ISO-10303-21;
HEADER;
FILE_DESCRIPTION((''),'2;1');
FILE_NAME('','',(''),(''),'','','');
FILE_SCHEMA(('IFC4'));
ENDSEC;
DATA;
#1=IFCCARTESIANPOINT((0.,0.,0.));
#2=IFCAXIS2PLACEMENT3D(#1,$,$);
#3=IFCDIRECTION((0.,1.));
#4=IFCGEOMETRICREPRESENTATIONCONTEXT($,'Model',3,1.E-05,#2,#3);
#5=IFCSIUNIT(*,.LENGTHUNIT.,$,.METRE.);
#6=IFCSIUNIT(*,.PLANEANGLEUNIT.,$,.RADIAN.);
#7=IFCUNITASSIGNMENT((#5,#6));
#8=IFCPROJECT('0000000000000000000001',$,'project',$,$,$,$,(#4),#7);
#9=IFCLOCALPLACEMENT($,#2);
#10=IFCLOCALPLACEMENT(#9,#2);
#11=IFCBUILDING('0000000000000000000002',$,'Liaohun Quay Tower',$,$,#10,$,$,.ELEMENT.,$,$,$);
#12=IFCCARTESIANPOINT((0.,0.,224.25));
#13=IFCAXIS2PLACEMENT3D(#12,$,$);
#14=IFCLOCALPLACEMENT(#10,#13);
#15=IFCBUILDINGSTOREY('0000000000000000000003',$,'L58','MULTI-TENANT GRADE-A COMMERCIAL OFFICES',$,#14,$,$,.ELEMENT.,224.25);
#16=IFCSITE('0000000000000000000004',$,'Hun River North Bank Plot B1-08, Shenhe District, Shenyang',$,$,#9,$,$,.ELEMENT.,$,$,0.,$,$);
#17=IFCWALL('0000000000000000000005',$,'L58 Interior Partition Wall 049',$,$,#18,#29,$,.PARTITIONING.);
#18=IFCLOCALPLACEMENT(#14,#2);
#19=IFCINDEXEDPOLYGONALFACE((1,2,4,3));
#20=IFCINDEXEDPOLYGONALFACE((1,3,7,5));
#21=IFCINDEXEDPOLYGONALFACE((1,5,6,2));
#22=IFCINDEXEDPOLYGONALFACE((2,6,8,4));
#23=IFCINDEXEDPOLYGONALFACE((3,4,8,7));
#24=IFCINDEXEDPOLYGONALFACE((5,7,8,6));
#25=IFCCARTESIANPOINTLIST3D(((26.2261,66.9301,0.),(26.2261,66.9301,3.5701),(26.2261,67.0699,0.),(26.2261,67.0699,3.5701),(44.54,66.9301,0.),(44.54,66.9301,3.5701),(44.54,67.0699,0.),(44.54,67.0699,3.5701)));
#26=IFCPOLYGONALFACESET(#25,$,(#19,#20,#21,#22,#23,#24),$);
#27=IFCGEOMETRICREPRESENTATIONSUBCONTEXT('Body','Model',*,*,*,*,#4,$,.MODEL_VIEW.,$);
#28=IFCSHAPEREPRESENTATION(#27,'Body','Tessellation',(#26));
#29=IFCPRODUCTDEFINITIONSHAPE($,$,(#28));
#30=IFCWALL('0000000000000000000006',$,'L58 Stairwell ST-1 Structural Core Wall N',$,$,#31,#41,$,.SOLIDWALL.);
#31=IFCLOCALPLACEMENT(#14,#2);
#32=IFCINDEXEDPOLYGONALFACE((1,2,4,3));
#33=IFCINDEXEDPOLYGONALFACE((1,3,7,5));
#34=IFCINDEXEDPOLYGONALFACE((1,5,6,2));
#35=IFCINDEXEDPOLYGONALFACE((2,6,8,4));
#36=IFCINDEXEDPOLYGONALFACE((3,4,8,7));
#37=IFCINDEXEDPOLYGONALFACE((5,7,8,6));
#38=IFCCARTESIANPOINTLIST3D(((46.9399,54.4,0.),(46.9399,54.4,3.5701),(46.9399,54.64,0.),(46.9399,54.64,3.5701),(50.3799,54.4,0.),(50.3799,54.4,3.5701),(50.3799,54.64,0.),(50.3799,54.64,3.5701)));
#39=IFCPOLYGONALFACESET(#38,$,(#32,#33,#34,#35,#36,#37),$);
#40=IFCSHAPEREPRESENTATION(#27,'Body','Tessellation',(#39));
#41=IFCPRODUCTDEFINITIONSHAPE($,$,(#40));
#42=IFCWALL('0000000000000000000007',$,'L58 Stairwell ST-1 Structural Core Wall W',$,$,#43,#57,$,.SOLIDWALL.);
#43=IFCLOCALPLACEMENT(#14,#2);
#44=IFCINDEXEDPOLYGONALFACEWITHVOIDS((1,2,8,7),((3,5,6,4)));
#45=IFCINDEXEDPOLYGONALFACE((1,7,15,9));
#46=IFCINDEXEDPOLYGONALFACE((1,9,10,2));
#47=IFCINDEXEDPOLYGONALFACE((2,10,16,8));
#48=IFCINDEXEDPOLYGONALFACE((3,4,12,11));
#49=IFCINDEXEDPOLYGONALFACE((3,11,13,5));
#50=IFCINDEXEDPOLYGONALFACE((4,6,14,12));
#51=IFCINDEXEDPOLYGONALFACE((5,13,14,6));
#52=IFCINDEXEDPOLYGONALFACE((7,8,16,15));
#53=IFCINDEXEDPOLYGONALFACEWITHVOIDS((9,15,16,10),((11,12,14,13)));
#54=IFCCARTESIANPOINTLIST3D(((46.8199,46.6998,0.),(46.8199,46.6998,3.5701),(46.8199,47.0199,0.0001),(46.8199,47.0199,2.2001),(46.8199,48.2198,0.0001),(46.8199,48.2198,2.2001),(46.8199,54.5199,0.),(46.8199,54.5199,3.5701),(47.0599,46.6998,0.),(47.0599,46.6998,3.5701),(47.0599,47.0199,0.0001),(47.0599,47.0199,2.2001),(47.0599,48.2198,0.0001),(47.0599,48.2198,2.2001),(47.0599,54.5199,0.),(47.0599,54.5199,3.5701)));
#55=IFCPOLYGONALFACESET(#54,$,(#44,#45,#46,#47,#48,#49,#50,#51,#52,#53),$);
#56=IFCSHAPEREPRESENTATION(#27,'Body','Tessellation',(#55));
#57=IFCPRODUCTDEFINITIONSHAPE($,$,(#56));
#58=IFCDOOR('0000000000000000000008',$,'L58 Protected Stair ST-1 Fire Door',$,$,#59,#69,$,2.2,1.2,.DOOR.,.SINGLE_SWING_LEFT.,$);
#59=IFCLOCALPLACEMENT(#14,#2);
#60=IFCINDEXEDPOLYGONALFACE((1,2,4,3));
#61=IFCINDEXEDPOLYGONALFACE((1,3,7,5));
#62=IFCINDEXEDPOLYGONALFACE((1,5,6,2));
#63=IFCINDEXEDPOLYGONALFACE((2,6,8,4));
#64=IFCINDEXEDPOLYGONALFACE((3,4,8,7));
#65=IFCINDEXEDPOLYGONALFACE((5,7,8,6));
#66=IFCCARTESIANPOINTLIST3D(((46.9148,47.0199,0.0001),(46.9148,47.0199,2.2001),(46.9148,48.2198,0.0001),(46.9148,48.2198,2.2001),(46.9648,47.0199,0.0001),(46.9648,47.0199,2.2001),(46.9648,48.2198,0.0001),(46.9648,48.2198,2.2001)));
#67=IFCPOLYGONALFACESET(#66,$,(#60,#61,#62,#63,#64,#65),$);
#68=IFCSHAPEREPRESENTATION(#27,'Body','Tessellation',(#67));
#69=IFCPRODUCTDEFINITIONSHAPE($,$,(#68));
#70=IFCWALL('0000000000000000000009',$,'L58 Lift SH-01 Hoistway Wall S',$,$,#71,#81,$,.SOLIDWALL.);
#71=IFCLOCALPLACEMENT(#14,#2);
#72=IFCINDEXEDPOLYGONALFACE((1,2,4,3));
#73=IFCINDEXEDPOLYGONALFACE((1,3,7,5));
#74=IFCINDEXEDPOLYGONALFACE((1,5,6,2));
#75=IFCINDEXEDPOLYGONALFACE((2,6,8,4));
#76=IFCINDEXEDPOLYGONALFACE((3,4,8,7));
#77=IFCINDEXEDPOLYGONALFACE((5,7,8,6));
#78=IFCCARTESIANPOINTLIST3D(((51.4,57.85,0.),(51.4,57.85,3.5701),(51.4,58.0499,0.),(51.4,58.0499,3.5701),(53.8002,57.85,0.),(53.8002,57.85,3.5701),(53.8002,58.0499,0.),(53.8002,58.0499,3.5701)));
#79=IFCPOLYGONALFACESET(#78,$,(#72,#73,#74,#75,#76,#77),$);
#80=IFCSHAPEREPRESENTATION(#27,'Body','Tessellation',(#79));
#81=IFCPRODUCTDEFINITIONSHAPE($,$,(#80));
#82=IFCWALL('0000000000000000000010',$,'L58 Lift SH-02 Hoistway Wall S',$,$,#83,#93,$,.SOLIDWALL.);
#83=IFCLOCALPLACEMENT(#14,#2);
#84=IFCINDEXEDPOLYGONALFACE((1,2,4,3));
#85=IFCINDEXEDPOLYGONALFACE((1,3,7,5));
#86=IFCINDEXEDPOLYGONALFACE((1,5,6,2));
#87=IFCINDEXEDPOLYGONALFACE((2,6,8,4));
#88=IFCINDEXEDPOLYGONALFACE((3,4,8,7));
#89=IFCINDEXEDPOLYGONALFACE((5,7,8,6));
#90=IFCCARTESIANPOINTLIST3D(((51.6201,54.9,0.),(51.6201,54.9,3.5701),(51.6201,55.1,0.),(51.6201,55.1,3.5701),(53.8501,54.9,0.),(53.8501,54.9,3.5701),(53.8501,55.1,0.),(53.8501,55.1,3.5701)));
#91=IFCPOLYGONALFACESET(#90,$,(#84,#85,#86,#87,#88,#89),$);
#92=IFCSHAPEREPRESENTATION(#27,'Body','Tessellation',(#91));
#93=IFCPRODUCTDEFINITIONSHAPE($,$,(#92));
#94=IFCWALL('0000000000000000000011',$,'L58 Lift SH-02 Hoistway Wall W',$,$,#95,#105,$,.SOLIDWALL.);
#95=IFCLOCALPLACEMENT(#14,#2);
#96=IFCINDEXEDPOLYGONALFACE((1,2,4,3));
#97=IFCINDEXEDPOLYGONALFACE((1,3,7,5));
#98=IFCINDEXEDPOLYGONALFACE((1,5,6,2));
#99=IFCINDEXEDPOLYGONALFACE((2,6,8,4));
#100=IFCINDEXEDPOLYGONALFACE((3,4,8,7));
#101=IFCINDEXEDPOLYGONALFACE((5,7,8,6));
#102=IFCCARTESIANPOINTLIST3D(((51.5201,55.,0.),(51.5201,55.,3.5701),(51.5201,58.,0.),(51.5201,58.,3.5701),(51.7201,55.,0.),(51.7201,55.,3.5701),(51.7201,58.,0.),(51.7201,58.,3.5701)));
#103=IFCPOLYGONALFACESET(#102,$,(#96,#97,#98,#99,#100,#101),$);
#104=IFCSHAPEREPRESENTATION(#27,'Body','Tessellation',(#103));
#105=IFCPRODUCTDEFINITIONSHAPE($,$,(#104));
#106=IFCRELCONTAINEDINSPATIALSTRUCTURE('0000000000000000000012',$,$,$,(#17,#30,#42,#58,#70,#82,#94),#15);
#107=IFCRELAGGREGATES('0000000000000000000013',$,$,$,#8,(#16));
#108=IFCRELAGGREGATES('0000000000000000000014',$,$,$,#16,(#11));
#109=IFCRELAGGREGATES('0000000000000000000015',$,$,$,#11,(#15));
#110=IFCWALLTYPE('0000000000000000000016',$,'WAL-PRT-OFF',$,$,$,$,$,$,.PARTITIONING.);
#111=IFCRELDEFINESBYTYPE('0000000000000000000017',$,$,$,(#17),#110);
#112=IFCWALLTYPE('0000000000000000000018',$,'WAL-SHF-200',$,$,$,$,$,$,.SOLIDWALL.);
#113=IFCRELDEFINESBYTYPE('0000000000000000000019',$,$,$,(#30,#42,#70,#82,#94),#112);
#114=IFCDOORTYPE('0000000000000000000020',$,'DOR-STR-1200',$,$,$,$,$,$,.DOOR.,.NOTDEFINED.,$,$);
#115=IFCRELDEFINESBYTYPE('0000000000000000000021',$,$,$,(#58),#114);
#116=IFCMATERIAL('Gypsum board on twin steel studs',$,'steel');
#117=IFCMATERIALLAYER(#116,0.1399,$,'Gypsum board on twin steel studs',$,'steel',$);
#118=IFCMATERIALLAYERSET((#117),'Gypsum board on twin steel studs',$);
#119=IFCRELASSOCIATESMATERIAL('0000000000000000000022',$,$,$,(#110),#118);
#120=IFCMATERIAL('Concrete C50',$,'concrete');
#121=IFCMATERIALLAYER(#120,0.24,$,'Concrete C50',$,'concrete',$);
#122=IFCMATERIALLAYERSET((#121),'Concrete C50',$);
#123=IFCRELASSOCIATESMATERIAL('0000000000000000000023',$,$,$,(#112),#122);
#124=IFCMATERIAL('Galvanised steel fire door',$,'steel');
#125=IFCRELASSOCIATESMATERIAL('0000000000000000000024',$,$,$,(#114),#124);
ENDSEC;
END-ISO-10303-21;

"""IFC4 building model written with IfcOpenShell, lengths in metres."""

from ifc_helpers import new_model, si_unit, direction, frame, frame_2d, origin, place, context, subcontext, project, spatial, rectangle, extrude, source, transform, mapped, material, layer, layer_set, type_object, element, fill, save


model = new_model("IFC4")

# Units and contexts
model_context = context("Model", 3, precision=1e-05, world=origin(), true_north=direction((0.0, 1.0)))
body_context = subcontext(model_context, "Body", "Model", "MODEL_VIEW")
ifc_project = project(units=[si_unit("LENGTHUNIT", "METRE"), si_unit("PLANEANGLEUNIT", "RADIAN")], contexts=[model_context])

# Site, building, storey
site_placement = place(None, origin())
site = spatial("IfcSite", under=ifc_project, at=site_placement, Name="Hun River North Bank Plot B1-08, Shenhe District, Shenyang", CompositionType="ELEMENT", RefElevation=0.0)
building_placement = place(site_placement, origin())
building = spatial("IfcBuilding", under=site, at=building_placement, Name="Liaohun Quay Tower", CompositionType="ELEMENT")
storey_placement = place(building_placement, frame((0.0, 0.0, 224.25)))
storey = spatial("IfcBuildingStorey", under=building, at=storey_placement, Name="L58", Description="MULTI-TENANT GRADE-A COMMERCIAL OFFICES", CompositionType="ELEMENT", Elevation=224.25)

# Walls
ifc_material_1 = material(Name="Gypsum board on twin steel studs", Category="steel")
ifc_layer_1 = layer(ifc_material_1, 0.1399, Name="Gypsum board on twin steel studs", Category="steel")
ifc_layer_set_1 = layer_set([ifc_layer_1], Name="Gypsum board on twin steel studs")
wall_type_1 = type_object("IfcWallType", Name="WAL-PRT-OFF", PredefinedType="PARTITIONING", material=ifc_layer_set_1)
wall_1_placement = place(storey_placement, frame((44.54, 67.0, 0.0), z_axis=(0.0, 0.0, 1.0), x_axis=(-1.0, 0.0, 0.0)))
element("IfcWall", 1, at=wall_1_placement, inside=storey, type_object=wall_type_1, Name="L58 Interior Partition Wall 049", PredefinedType="PARTITIONING", context=body_context, shape_type="SweptSolid", body=[
    extrude(rectangle(XDim=18.314, YDim=0.1399, at=frame_2d((9.157, 0.0))), origin(), (0.0, 0.0, 1.0), 3.5701),
])
ifc_material_2 = material(Name="Concrete C50", Category="concrete")
ifc_layer_2 = layer(ifc_material_2, 0.24, Name="Concrete C50", Category="concrete")
ifc_layer_set_2 = layer_set([ifc_layer_2], Name="Concrete C50")
wall_type_2 = type_object("IfcWallType", Name="WAL-SHF-200", PredefinedType="SOLIDWALL", material=ifc_layer_set_2)
wall_2_placement = place(storey_placement, frame((50.3799, 54.52, 0.0), z_axis=(0.0, 0.0, 1.0), x_axis=(-1.0, 0.0, 0.0)))
element("IfcWall", 2, at=wall_2_placement, inside=storey, type_object=wall_type_2, Name="L58 Stairwell ST-1 Structural Core Wall N", PredefinedType="SOLIDWALL", context=body_context, shape_type="SweptSolid", body=[
    extrude(rectangle(XDim=3.4399, YDim=0.24, at=frame_2d((1.72, 0.0))), origin(), (0.0, 0.0, 1.0), 3.5701),
])

# Wall, opening, door
wall_3_placement = place(storey_placement, frame((46.9399, 54.52, 0.0), z_axis=(0.0, 0.0, 1.0), x_axis=(0.0, -1.0, 0.0)))
wall_3 = element("IfcWall", 3, at=wall_3_placement, inside=storey, type_object=wall_type_2, Name="L58 Stairwell ST-1 Structural Core Wall W", PredefinedType="SOLIDWALL", context=body_context, shape_type="SweptSolid", body=[
    extrude(rectangle(XDim=7.8201, YDim=0.24, at=frame_2d((3.9102, 0.0))), origin(), (0.0, 0.0, 1.0), 3.5701),
])
shared_shape_1 = source(origin(), body_context, "Body", "SweptSolid", [
    extrude(rectangle(XDim=1.2, YDim=2.2, at=frame_2d((0.6001, 1.1001))), frame((0.0, 0.1299, 0.0), z_axis=(0.0, -1.0, 0.0), x_axis=(1.0, 0.0, 0.0)), (0.0, 0.0, 1.0), 0.26),
])
opening_1_placement = place(wall_3_placement, frame((6.3, 0.0, 0.0)))
opening_1 = element("IfcOpeningElement", 4, at=opening_1_placement, cuts=wall_3, PredefinedType="OPENING", context=body_context, shape_type="MappedRepresentation", body=[
    mapped(shared_shape_1, transform((0.0, 0.0, 0.0), x_axis=(1.0, 0.0, 0.0), y_axis=(0.0, 1.0, 0.0), z_axis=(0.0, 0.0, 1.0), scale=1.0)),
])
ifc_material_3 = material(Name="Galvanised steel fire door", Category="steel")
door_type_1 = type_object("IfcDoorType", Name="DOR-STR-1200", OperationType="NOTDEFINED", PredefinedType="DOOR", material=ifc_material_3)
shared_shape_2 = source(origin(), body_context, "Body", "SweptSolid", [
    extrude(rectangle(XDim=1.2, YDim=2.2, at=frame_2d((0.6001, 1.1001))), frame((0.0, 0.0249, 0.0), z_axis=(0.0, -1.0, 0.0), x_axis=(1.0, 0.0, 0.0)), (0.0, 0.0, 1.0), 0.05),
])
door_1_placement = place(opening_1_placement, origin())
door_1 = element("IfcDoor", 5, at=door_1_placement, inside=storey, type_object=door_type_1, Name="L58 Protected Stair ST-1 Fire Door", OperationType="SINGLE_SWING_LEFT", OverallHeight=2.2, OverallWidth=1.2, PredefinedType="DOOR", context=body_context, shape_type="MappedRepresentation", body=[
    mapped(shared_shape_2, transform((0.0, 0.0, 0.0), x_axis=(1.0, 0.0, 0.0), y_axis=(0.0, 1.0, 0.0), z_axis=(0.0, 0.0, 1.0), scale=1.0)),
])
fill(opening_1, door_1)

# Walls
wall_4_placement = place(storey_placement, frame((51.3999, 57.95, 0.0), z_axis=(0.0, 0.0, 1.0), x_axis=(1.0, 0.0, 0.0)))
element("IfcWall", 6, at=wall_4_placement, inside=storey, type_object=wall_type_2, Name="L58 Lift SH-01 Hoistway Wall S", PredefinedType="SOLIDWALL", context=body_context, shape_type="SweptSolid", body=[
    extrude(rectangle(XDim=2.4001, YDim=0.2, at=frame_2d((1.2002, 0.0))), origin(), (0.0, 0.0, 1.0), 3.5701),
])
wall_5_placement = place(storey_placement, frame((51.6201, 55.0, 0.0), z_axis=(0.0, 0.0, 1.0), x_axis=(1.0, 0.0, 0.0)))
element("IfcWall", 7, at=wall_5_placement, inside=storey, type_object=wall_type_2, Name="L58 Lift SH-02 Hoistway Wall S", PredefinedType="SOLIDWALL", context=body_context, shape_type="SweptSolid", body=[
    extrude(rectangle(XDim=2.23, YDim=0.2, at=frame_2d((1.115, 0.0))), origin(), (0.0, 0.0, 1.0), 3.5701),
])
wall_6_placement = place(storey_placement, frame((51.6201, 58.0, 0.0), z_axis=(0.0, 0.0, 1.0), x_axis=(0.0, -1.0, 0.0)))
element("IfcWall", 8, at=wall_6_placement, inside=storey, type_object=wall_type_2, Name="L58 Lift SH-02 Hoistway Wall W", PredefinedType="SOLIDWALL", context=body_context, shape_type="SweptSolid", body=[
    extrude(rectangle(XDim=3.0, YDim=0.2, at=frame_2d((1.5, 0.0))), origin(), (0.0, 0.0, 1.0), 3.5701),
])

save(model, "model.ifc")
